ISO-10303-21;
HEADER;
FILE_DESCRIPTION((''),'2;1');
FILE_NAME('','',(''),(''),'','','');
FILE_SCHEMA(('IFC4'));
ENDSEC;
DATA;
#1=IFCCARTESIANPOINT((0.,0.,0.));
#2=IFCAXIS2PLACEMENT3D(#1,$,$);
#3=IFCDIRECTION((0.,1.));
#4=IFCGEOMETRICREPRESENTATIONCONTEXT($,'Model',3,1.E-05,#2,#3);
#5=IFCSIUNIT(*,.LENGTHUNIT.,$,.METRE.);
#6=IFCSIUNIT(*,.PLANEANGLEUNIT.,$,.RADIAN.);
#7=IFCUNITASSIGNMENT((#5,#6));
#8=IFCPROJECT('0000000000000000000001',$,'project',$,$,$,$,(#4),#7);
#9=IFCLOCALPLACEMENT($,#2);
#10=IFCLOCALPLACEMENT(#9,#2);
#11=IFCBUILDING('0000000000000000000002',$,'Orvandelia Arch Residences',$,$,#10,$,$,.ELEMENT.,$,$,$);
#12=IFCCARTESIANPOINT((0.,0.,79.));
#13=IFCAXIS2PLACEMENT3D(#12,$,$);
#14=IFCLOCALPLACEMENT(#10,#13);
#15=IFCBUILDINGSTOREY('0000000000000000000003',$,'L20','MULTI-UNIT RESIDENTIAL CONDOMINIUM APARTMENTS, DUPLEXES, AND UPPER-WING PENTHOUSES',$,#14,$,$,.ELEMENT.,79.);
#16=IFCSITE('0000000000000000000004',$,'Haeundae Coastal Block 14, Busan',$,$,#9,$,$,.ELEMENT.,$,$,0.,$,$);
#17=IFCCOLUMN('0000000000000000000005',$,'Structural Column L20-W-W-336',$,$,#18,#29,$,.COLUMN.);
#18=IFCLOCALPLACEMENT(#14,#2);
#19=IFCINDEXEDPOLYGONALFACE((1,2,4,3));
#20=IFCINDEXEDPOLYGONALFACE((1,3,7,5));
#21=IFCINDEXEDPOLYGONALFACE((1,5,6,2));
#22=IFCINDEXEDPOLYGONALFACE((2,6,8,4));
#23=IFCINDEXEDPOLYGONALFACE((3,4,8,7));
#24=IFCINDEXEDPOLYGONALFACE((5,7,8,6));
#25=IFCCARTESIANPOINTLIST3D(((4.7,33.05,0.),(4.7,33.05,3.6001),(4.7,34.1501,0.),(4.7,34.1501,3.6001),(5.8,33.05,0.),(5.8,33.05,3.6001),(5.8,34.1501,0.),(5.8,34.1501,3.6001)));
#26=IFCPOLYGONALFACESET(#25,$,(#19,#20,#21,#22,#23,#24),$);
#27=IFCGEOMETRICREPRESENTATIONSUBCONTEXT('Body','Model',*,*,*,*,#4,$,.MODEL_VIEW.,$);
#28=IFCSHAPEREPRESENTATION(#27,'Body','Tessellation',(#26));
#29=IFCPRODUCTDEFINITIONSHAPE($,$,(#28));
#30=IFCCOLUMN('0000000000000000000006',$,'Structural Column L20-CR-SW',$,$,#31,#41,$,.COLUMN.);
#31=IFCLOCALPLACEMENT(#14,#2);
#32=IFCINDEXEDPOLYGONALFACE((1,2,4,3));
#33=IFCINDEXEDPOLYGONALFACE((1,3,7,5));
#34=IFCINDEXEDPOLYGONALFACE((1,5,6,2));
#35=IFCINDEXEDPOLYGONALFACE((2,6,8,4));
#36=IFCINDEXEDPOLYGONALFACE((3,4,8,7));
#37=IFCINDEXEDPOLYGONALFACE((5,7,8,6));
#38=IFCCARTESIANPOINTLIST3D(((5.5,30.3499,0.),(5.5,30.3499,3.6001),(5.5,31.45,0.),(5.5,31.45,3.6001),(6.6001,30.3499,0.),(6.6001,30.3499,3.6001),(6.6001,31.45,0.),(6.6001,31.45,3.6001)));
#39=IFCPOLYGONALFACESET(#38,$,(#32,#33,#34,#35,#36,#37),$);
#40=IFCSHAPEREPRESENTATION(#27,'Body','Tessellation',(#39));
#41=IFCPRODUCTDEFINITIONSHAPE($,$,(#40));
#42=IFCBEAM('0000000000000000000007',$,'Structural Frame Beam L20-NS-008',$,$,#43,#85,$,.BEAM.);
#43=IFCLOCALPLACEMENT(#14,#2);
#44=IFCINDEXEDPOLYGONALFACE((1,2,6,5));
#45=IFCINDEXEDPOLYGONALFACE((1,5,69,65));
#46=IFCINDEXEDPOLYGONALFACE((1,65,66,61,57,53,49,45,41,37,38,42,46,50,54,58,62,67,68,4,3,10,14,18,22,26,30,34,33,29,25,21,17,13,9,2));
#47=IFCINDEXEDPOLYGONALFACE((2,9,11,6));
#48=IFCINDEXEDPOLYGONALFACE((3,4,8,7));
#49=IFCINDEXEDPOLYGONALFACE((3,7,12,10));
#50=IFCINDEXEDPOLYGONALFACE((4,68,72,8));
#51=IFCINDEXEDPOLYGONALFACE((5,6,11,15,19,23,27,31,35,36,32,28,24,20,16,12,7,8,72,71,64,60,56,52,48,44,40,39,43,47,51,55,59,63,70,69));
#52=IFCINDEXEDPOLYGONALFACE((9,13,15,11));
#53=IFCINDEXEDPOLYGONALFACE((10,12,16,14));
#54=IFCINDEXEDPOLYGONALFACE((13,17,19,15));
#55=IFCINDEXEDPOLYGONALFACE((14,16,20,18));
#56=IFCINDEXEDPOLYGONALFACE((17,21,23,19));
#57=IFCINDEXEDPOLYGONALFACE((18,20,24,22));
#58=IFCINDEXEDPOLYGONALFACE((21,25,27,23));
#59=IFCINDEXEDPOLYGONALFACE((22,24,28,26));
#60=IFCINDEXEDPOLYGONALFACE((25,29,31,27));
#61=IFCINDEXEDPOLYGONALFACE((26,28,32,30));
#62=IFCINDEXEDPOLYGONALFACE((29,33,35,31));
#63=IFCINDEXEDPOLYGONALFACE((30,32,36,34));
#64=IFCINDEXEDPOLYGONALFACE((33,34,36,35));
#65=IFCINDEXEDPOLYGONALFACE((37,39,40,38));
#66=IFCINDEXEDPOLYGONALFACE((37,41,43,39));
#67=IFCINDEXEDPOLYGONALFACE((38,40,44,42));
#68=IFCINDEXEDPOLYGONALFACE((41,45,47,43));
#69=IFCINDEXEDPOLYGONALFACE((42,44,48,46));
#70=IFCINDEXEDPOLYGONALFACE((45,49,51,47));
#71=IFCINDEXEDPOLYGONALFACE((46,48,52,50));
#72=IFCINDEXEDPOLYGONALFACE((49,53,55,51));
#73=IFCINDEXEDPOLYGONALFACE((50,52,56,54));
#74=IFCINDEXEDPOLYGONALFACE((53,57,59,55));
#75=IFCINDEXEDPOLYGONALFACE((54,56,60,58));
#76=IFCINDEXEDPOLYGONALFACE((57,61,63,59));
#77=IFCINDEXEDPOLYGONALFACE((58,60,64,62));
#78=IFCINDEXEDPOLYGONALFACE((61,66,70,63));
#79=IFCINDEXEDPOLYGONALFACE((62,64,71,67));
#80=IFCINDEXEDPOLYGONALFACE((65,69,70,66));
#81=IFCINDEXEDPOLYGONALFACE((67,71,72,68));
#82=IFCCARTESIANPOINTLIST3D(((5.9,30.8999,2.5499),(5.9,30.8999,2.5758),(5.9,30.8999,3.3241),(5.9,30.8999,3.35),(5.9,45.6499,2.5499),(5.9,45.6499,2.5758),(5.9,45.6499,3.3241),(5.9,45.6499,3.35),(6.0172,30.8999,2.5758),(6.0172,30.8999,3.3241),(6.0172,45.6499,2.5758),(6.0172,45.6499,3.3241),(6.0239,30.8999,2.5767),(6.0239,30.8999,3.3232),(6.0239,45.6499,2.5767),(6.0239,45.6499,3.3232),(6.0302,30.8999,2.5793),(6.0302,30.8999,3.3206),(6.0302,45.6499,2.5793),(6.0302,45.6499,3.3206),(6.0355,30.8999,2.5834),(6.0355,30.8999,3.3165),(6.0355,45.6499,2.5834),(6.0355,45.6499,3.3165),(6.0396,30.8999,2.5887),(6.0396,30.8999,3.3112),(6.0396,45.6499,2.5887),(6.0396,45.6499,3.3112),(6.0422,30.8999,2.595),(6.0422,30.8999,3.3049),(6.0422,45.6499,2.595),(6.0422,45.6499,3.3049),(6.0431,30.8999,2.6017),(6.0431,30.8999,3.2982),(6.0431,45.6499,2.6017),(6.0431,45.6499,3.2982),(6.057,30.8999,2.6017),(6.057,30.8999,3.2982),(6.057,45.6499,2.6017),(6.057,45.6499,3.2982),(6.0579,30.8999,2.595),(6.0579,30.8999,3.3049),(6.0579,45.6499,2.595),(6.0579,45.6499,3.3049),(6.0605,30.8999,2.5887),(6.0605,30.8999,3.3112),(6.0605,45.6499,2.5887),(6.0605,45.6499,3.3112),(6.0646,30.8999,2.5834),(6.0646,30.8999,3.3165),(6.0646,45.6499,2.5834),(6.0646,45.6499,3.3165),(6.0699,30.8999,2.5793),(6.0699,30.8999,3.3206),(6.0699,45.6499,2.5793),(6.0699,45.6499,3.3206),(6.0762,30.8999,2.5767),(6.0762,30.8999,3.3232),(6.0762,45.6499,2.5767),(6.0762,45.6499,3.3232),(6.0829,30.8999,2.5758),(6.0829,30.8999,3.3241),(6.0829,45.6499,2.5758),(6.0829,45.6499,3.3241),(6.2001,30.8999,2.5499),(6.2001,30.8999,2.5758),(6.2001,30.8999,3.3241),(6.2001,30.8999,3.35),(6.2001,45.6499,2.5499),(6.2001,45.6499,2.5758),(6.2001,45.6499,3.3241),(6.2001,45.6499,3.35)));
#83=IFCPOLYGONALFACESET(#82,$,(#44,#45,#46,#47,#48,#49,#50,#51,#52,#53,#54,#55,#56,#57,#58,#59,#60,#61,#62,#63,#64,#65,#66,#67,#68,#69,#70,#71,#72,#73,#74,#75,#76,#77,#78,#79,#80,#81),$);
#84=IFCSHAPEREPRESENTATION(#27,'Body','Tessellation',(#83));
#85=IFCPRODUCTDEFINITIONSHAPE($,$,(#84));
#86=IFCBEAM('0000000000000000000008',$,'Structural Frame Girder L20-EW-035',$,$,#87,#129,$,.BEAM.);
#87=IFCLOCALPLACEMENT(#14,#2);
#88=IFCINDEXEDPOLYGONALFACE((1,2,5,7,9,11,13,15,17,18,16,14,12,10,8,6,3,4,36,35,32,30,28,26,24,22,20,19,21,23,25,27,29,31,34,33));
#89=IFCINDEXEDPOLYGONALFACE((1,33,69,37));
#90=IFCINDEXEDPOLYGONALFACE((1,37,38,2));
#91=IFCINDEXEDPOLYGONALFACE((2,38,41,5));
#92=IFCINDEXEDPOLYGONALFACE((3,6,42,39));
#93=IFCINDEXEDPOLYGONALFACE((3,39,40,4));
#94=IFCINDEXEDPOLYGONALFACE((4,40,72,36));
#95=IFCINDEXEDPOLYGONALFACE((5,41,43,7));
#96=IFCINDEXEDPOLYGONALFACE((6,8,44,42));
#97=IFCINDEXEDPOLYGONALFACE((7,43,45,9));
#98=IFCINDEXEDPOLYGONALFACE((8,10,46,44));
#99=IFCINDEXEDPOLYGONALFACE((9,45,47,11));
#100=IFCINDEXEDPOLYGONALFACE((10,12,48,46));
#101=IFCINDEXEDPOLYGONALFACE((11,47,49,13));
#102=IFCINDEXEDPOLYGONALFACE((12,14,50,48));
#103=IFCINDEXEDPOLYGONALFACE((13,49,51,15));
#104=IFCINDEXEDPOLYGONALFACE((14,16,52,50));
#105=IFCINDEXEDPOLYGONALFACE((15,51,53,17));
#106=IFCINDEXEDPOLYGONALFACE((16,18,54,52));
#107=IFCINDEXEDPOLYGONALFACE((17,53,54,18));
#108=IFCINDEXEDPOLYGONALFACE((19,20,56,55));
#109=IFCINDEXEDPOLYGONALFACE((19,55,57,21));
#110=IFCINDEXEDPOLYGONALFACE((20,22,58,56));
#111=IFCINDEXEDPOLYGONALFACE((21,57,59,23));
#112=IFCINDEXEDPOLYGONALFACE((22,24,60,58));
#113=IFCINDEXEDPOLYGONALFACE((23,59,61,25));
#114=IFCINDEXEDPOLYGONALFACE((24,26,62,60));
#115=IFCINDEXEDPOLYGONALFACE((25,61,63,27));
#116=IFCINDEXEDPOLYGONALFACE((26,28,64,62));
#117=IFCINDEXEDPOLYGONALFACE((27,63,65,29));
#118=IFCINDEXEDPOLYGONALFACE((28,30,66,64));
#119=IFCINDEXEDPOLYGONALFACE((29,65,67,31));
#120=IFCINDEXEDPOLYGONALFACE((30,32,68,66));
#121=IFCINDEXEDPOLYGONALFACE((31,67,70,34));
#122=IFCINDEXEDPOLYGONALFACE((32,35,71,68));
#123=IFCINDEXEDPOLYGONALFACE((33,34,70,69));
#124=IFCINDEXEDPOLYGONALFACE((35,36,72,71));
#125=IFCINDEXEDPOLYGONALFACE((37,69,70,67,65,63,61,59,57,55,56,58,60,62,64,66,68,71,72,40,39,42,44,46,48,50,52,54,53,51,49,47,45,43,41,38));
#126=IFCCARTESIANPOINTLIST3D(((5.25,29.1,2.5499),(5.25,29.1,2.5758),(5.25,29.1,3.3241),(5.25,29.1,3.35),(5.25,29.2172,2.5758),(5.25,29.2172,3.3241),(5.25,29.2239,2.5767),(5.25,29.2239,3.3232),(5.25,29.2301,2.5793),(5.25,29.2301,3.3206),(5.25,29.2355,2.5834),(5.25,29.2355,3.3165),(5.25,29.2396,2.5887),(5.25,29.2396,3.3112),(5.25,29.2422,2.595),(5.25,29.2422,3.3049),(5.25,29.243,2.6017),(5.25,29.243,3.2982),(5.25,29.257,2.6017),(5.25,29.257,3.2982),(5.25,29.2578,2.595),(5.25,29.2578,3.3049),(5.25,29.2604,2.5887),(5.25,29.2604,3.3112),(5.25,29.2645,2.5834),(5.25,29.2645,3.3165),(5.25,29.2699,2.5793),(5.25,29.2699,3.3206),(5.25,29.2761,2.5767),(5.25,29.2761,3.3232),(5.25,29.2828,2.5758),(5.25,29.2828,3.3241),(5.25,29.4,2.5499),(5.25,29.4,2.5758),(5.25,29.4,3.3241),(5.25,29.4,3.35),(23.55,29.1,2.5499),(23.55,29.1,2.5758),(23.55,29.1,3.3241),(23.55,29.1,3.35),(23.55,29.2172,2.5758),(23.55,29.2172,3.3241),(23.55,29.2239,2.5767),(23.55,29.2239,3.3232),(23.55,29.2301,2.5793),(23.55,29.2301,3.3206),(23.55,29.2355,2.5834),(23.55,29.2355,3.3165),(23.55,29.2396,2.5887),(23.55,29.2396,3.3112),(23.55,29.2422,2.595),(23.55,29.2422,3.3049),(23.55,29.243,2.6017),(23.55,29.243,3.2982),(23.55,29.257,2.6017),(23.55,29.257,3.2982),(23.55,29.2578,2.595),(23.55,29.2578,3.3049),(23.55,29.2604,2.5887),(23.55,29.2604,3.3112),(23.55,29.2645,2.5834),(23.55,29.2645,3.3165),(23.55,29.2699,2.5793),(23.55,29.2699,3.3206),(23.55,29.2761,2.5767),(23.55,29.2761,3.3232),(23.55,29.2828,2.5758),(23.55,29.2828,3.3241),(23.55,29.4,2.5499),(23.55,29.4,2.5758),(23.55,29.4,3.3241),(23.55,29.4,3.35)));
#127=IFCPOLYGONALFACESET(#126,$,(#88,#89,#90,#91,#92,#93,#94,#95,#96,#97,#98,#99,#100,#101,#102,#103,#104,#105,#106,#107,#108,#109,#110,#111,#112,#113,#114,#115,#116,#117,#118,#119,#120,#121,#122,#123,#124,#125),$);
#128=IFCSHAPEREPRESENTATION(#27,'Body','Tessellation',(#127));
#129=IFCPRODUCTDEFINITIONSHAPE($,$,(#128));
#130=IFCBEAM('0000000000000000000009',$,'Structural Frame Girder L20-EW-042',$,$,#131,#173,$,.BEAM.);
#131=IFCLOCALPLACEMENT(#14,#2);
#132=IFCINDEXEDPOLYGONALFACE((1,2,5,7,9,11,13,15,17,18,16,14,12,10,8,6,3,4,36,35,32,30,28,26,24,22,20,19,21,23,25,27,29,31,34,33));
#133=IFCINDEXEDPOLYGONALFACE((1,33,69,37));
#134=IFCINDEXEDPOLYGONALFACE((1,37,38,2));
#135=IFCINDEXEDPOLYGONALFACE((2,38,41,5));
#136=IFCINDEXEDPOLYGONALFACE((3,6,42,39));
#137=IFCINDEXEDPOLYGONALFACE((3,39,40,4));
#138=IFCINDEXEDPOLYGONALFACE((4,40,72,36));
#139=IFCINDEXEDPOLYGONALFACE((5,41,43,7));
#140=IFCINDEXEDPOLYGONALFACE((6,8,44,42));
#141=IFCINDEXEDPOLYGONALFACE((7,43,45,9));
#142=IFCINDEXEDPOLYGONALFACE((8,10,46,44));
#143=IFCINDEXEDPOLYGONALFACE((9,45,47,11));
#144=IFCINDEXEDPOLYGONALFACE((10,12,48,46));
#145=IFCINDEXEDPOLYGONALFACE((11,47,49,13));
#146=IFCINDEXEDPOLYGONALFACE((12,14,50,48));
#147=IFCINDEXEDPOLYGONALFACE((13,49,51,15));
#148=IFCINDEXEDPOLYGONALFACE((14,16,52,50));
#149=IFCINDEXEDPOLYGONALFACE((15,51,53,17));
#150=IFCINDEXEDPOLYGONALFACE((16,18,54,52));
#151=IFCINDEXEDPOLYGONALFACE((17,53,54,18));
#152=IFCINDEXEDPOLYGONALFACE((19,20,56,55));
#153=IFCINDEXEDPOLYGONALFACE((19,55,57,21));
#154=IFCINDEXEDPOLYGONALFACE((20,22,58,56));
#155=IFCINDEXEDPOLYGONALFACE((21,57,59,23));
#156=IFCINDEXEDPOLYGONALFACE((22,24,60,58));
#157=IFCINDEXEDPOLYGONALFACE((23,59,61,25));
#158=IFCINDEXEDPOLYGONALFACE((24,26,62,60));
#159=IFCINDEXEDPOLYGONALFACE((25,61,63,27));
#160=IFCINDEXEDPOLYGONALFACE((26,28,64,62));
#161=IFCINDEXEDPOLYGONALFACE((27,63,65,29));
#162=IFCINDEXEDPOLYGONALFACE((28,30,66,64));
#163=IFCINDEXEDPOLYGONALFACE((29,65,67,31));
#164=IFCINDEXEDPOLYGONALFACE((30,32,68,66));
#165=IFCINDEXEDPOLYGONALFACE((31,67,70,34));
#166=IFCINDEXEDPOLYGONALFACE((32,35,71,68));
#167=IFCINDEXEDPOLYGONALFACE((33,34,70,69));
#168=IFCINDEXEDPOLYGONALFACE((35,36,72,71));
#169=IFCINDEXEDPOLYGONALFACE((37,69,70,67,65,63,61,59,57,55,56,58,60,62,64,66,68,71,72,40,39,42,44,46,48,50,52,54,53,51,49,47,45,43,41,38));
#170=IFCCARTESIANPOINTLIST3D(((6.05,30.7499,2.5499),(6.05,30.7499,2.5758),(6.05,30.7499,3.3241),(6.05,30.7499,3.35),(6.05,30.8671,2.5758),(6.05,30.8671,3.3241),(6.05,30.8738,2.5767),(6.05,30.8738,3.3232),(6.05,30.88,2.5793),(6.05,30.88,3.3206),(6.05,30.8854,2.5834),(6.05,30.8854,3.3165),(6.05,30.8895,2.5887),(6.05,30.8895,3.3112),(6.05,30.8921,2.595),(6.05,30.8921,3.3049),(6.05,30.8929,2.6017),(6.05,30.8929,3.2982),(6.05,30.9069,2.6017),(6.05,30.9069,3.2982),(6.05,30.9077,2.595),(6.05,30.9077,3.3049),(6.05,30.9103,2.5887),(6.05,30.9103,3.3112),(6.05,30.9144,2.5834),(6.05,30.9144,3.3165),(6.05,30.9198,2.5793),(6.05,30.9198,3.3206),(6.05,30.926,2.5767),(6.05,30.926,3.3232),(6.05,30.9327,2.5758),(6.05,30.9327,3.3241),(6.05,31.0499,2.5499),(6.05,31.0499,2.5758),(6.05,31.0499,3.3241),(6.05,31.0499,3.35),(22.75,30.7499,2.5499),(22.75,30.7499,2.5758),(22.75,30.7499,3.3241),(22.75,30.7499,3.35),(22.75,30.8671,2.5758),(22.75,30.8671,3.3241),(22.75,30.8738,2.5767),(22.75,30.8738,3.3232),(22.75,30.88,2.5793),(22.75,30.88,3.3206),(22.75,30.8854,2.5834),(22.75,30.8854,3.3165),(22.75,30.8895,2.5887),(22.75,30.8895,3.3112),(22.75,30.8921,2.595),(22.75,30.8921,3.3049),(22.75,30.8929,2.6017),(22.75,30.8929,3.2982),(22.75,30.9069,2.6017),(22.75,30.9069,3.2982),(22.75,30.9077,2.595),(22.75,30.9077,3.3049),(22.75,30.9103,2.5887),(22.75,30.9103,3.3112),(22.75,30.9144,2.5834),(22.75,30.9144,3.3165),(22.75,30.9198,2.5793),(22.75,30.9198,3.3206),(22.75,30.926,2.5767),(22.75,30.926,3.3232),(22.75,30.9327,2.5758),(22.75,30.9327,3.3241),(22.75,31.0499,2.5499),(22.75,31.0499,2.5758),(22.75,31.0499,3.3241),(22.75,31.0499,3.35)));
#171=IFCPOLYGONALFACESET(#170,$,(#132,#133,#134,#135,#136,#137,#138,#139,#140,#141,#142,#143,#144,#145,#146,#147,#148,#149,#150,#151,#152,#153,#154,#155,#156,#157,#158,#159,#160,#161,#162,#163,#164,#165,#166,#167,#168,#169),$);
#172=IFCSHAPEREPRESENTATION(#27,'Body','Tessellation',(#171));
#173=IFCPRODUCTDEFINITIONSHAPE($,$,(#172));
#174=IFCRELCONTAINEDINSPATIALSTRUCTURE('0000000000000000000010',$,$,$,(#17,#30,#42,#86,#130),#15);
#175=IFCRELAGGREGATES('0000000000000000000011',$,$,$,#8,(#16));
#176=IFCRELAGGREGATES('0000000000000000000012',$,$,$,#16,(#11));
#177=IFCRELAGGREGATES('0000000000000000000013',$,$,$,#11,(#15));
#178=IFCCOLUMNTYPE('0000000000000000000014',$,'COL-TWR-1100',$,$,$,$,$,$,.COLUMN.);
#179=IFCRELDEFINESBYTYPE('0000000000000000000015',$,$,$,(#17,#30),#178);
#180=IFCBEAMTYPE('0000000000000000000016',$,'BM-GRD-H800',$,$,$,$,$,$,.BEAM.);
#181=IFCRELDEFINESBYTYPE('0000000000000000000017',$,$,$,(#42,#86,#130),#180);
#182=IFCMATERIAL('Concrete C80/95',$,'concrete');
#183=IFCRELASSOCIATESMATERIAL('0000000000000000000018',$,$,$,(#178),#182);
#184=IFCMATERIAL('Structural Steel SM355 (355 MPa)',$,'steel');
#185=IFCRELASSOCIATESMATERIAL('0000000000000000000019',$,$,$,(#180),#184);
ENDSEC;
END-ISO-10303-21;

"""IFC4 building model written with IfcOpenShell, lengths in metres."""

from ifc_helpers import new_model, si_unit, direction, frame, origin, origin_2d, place, context, subcontext, project, spatial, rectangle, i_section, extrude, material, material_profile, profile_set, type_object, element, save


model = new_model("IFC4")

# Units and contexts
model_context = context("Model", 3, precision=1e-05, world=origin(), true_north=direction((0.0, 1.0)))
body_context = subcontext(model_context, "Body", "Model", "MODEL_VIEW")
ifc_project = project(units=[si_unit("LENGTHUNIT", "METRE"), si_unit("PLANEANGLEUNIT", "RADIAN")], contexts=[model_context])

# Site, building, storey
site_placement = place(None, origin())
site = spatial("IfcSite", under=ifc_project, at=site_placement, Name="Haeundae Coastal Block 14, Busan", CompositionType="ELEMENT", RefElevation=0.0)
building_placement = place(site_placement, origin())
building = spatial("IfcBuilding", under=site, at=building_placement, Name="Orvandelia Arch Residences", CompositionType="ELEMENT")
storey_placement = place(building_placement, frame((0.0, 0.0, 79.0)))
storey = spatial("IfcBuildingStorey", under=building, at=storey_placement, Name="L20", Description="MULTI-UNIT RESIDENTIAL CONDOMINIUM APARTMENTS, DUPLEXES, AND UPPER-WING PENTHOUSES", CompositionType="ELEMENT", Elevation=79.0)

# Columns
ifc_material_1 = material(Name="Concrete C80/95", Category="concrete")
ifc_material_profile_1 = material_profile(ifc_material_1, rectangle(XDim=1.1001, YDim=1.1001, at=origin_2d()), Name="Concrete C80/95", Category="concrete")
ifc_profile_set_1 = profile_set([ifc_material_profile_1], Name="Concrete C80/95")
column_type = type_object("IfcColumnType", Name="COL-TWR-1100", PredefinedType="COLUMN", material=ifc_profile_set_1)
for number, where, z_axis, x_axis, name in (
    (1, (5.25, 33.6001, 0.0), (0.0, 0.0, 1.0), (1.0, 0.0, 0.0), "Structural Column L20-W-W-336"),
    (2, (6.05, 30.8999, 0.0), (0.0, 0.0, 1.0), (1.0, 0.0, 0.0), "Structural Column L20-CR-SW"),
):
    element("IfcColumn", number, at=place(storey_placement, frame(where, z_axis=z_axis, x_axis=x_axis)), inside=storey, type_object=column_type, Name=name, PredefinedType="COLUMN", context=body_context, shape_type="SweptSolid", body=[
        extrude(rectangle(XDim=1.1001, YDim=1.1001, at=origin_2d()), origin(), (0.0, 0.0, 1.0), 3.6001),
    ])

# Beams
ifc_material_2 = material(Name="Structural Steel SM355 (355 MPa)", Category="steel")
ifc_material_profile_2 = material_profile(ifc_material_2, i_section(OverallWidth=0.3, OverallDepth=0.8, WebThickness=0.0139, FlangeThickness=0.0259, FilletRadius=0.0259, at=origin_2d()), Name="Structural Steel SM355 (355 MPa)", Category="steel")
ifc_profile_set_2 = profile_set([ifc_material_profile_2], Name="Structural Steel SM355 (355 MPa)")
beam_type_1 = type_object("IfcBeamType", Name="BM-GRD-H800", PredefinedType="BEAM", material=ifc_profile_set_2)
beam_1_placement = place(storey_placement, frame((6.05, 30.8999, 2.95), z_axis=(0.0, 1.0, 0.0), x_axis=(-1.0, 0.0, 0.0)))
element("IfcBeam", 3, at=beam_1_placement, inside=storey, type_object=beam_type_1, Name="Structural Frame Beam L20-NS-008", PredefinedType="BEAM", context=body_context, shape_type="SweptSolid", body=[
    extrude(i_section(OverallWidth=0.3, OverallDepth=0.8, WebThickness=0.0139, FlangeThickness=0.0259, FilletRadius=0.0259, at=origin_2d()), origin(), (0.0, 0.0, 1.0), 14.75),
])
beam_2_placement = place(storey_placement, frame((5.25, 29.25, 2.95), z_axis=(1.0, 0.0, 0.0), x_axis=(0.0, 1.0, 0.0)))
element("IfcBeam", 4, at=beam_2_placement, inside=storey, type_object=beam_type_1, Name="Structural Frame Girder L20-EW-035", PredefinedType="BEAM", context=body_context, shape_type="SweptSolid", body=[
    extrude(i_section(OverallWidth=0.3, OverallDepth=0.8, WebThickness=0.0139, FlangeThickness=0.0259, FilletRadius=0.0259, at=origin_2d()), origin(), (0.0, 0.0, 1.0), 18.3),
])
beam_3_placement = place(storey_placement, frame((6.05, 30.8999, 2.95), z_axis=(1.0, 0.0, 0.0), x_axis=(0.0, 1.0, 0.0)))
element("IfcBeam", 5, at=beam_3_placement, inside=storey, type_object=beam_type_1, Name="Structural Frame Girder L20-EW-042", PredefinedType="BEAM", context=body_context, shape_type="SweptSolid", body=[
    extrude(i_section(OverallWidth=0.3, OverallDepth=0.8, WebThickness=0.0139, FlangeThickness=0.0259, FilletRadius=0.0259, at=origin_2d()), origin(), (0.0, 0.0, 1.0), 16.7),
])

save(model, "model.ifc")
